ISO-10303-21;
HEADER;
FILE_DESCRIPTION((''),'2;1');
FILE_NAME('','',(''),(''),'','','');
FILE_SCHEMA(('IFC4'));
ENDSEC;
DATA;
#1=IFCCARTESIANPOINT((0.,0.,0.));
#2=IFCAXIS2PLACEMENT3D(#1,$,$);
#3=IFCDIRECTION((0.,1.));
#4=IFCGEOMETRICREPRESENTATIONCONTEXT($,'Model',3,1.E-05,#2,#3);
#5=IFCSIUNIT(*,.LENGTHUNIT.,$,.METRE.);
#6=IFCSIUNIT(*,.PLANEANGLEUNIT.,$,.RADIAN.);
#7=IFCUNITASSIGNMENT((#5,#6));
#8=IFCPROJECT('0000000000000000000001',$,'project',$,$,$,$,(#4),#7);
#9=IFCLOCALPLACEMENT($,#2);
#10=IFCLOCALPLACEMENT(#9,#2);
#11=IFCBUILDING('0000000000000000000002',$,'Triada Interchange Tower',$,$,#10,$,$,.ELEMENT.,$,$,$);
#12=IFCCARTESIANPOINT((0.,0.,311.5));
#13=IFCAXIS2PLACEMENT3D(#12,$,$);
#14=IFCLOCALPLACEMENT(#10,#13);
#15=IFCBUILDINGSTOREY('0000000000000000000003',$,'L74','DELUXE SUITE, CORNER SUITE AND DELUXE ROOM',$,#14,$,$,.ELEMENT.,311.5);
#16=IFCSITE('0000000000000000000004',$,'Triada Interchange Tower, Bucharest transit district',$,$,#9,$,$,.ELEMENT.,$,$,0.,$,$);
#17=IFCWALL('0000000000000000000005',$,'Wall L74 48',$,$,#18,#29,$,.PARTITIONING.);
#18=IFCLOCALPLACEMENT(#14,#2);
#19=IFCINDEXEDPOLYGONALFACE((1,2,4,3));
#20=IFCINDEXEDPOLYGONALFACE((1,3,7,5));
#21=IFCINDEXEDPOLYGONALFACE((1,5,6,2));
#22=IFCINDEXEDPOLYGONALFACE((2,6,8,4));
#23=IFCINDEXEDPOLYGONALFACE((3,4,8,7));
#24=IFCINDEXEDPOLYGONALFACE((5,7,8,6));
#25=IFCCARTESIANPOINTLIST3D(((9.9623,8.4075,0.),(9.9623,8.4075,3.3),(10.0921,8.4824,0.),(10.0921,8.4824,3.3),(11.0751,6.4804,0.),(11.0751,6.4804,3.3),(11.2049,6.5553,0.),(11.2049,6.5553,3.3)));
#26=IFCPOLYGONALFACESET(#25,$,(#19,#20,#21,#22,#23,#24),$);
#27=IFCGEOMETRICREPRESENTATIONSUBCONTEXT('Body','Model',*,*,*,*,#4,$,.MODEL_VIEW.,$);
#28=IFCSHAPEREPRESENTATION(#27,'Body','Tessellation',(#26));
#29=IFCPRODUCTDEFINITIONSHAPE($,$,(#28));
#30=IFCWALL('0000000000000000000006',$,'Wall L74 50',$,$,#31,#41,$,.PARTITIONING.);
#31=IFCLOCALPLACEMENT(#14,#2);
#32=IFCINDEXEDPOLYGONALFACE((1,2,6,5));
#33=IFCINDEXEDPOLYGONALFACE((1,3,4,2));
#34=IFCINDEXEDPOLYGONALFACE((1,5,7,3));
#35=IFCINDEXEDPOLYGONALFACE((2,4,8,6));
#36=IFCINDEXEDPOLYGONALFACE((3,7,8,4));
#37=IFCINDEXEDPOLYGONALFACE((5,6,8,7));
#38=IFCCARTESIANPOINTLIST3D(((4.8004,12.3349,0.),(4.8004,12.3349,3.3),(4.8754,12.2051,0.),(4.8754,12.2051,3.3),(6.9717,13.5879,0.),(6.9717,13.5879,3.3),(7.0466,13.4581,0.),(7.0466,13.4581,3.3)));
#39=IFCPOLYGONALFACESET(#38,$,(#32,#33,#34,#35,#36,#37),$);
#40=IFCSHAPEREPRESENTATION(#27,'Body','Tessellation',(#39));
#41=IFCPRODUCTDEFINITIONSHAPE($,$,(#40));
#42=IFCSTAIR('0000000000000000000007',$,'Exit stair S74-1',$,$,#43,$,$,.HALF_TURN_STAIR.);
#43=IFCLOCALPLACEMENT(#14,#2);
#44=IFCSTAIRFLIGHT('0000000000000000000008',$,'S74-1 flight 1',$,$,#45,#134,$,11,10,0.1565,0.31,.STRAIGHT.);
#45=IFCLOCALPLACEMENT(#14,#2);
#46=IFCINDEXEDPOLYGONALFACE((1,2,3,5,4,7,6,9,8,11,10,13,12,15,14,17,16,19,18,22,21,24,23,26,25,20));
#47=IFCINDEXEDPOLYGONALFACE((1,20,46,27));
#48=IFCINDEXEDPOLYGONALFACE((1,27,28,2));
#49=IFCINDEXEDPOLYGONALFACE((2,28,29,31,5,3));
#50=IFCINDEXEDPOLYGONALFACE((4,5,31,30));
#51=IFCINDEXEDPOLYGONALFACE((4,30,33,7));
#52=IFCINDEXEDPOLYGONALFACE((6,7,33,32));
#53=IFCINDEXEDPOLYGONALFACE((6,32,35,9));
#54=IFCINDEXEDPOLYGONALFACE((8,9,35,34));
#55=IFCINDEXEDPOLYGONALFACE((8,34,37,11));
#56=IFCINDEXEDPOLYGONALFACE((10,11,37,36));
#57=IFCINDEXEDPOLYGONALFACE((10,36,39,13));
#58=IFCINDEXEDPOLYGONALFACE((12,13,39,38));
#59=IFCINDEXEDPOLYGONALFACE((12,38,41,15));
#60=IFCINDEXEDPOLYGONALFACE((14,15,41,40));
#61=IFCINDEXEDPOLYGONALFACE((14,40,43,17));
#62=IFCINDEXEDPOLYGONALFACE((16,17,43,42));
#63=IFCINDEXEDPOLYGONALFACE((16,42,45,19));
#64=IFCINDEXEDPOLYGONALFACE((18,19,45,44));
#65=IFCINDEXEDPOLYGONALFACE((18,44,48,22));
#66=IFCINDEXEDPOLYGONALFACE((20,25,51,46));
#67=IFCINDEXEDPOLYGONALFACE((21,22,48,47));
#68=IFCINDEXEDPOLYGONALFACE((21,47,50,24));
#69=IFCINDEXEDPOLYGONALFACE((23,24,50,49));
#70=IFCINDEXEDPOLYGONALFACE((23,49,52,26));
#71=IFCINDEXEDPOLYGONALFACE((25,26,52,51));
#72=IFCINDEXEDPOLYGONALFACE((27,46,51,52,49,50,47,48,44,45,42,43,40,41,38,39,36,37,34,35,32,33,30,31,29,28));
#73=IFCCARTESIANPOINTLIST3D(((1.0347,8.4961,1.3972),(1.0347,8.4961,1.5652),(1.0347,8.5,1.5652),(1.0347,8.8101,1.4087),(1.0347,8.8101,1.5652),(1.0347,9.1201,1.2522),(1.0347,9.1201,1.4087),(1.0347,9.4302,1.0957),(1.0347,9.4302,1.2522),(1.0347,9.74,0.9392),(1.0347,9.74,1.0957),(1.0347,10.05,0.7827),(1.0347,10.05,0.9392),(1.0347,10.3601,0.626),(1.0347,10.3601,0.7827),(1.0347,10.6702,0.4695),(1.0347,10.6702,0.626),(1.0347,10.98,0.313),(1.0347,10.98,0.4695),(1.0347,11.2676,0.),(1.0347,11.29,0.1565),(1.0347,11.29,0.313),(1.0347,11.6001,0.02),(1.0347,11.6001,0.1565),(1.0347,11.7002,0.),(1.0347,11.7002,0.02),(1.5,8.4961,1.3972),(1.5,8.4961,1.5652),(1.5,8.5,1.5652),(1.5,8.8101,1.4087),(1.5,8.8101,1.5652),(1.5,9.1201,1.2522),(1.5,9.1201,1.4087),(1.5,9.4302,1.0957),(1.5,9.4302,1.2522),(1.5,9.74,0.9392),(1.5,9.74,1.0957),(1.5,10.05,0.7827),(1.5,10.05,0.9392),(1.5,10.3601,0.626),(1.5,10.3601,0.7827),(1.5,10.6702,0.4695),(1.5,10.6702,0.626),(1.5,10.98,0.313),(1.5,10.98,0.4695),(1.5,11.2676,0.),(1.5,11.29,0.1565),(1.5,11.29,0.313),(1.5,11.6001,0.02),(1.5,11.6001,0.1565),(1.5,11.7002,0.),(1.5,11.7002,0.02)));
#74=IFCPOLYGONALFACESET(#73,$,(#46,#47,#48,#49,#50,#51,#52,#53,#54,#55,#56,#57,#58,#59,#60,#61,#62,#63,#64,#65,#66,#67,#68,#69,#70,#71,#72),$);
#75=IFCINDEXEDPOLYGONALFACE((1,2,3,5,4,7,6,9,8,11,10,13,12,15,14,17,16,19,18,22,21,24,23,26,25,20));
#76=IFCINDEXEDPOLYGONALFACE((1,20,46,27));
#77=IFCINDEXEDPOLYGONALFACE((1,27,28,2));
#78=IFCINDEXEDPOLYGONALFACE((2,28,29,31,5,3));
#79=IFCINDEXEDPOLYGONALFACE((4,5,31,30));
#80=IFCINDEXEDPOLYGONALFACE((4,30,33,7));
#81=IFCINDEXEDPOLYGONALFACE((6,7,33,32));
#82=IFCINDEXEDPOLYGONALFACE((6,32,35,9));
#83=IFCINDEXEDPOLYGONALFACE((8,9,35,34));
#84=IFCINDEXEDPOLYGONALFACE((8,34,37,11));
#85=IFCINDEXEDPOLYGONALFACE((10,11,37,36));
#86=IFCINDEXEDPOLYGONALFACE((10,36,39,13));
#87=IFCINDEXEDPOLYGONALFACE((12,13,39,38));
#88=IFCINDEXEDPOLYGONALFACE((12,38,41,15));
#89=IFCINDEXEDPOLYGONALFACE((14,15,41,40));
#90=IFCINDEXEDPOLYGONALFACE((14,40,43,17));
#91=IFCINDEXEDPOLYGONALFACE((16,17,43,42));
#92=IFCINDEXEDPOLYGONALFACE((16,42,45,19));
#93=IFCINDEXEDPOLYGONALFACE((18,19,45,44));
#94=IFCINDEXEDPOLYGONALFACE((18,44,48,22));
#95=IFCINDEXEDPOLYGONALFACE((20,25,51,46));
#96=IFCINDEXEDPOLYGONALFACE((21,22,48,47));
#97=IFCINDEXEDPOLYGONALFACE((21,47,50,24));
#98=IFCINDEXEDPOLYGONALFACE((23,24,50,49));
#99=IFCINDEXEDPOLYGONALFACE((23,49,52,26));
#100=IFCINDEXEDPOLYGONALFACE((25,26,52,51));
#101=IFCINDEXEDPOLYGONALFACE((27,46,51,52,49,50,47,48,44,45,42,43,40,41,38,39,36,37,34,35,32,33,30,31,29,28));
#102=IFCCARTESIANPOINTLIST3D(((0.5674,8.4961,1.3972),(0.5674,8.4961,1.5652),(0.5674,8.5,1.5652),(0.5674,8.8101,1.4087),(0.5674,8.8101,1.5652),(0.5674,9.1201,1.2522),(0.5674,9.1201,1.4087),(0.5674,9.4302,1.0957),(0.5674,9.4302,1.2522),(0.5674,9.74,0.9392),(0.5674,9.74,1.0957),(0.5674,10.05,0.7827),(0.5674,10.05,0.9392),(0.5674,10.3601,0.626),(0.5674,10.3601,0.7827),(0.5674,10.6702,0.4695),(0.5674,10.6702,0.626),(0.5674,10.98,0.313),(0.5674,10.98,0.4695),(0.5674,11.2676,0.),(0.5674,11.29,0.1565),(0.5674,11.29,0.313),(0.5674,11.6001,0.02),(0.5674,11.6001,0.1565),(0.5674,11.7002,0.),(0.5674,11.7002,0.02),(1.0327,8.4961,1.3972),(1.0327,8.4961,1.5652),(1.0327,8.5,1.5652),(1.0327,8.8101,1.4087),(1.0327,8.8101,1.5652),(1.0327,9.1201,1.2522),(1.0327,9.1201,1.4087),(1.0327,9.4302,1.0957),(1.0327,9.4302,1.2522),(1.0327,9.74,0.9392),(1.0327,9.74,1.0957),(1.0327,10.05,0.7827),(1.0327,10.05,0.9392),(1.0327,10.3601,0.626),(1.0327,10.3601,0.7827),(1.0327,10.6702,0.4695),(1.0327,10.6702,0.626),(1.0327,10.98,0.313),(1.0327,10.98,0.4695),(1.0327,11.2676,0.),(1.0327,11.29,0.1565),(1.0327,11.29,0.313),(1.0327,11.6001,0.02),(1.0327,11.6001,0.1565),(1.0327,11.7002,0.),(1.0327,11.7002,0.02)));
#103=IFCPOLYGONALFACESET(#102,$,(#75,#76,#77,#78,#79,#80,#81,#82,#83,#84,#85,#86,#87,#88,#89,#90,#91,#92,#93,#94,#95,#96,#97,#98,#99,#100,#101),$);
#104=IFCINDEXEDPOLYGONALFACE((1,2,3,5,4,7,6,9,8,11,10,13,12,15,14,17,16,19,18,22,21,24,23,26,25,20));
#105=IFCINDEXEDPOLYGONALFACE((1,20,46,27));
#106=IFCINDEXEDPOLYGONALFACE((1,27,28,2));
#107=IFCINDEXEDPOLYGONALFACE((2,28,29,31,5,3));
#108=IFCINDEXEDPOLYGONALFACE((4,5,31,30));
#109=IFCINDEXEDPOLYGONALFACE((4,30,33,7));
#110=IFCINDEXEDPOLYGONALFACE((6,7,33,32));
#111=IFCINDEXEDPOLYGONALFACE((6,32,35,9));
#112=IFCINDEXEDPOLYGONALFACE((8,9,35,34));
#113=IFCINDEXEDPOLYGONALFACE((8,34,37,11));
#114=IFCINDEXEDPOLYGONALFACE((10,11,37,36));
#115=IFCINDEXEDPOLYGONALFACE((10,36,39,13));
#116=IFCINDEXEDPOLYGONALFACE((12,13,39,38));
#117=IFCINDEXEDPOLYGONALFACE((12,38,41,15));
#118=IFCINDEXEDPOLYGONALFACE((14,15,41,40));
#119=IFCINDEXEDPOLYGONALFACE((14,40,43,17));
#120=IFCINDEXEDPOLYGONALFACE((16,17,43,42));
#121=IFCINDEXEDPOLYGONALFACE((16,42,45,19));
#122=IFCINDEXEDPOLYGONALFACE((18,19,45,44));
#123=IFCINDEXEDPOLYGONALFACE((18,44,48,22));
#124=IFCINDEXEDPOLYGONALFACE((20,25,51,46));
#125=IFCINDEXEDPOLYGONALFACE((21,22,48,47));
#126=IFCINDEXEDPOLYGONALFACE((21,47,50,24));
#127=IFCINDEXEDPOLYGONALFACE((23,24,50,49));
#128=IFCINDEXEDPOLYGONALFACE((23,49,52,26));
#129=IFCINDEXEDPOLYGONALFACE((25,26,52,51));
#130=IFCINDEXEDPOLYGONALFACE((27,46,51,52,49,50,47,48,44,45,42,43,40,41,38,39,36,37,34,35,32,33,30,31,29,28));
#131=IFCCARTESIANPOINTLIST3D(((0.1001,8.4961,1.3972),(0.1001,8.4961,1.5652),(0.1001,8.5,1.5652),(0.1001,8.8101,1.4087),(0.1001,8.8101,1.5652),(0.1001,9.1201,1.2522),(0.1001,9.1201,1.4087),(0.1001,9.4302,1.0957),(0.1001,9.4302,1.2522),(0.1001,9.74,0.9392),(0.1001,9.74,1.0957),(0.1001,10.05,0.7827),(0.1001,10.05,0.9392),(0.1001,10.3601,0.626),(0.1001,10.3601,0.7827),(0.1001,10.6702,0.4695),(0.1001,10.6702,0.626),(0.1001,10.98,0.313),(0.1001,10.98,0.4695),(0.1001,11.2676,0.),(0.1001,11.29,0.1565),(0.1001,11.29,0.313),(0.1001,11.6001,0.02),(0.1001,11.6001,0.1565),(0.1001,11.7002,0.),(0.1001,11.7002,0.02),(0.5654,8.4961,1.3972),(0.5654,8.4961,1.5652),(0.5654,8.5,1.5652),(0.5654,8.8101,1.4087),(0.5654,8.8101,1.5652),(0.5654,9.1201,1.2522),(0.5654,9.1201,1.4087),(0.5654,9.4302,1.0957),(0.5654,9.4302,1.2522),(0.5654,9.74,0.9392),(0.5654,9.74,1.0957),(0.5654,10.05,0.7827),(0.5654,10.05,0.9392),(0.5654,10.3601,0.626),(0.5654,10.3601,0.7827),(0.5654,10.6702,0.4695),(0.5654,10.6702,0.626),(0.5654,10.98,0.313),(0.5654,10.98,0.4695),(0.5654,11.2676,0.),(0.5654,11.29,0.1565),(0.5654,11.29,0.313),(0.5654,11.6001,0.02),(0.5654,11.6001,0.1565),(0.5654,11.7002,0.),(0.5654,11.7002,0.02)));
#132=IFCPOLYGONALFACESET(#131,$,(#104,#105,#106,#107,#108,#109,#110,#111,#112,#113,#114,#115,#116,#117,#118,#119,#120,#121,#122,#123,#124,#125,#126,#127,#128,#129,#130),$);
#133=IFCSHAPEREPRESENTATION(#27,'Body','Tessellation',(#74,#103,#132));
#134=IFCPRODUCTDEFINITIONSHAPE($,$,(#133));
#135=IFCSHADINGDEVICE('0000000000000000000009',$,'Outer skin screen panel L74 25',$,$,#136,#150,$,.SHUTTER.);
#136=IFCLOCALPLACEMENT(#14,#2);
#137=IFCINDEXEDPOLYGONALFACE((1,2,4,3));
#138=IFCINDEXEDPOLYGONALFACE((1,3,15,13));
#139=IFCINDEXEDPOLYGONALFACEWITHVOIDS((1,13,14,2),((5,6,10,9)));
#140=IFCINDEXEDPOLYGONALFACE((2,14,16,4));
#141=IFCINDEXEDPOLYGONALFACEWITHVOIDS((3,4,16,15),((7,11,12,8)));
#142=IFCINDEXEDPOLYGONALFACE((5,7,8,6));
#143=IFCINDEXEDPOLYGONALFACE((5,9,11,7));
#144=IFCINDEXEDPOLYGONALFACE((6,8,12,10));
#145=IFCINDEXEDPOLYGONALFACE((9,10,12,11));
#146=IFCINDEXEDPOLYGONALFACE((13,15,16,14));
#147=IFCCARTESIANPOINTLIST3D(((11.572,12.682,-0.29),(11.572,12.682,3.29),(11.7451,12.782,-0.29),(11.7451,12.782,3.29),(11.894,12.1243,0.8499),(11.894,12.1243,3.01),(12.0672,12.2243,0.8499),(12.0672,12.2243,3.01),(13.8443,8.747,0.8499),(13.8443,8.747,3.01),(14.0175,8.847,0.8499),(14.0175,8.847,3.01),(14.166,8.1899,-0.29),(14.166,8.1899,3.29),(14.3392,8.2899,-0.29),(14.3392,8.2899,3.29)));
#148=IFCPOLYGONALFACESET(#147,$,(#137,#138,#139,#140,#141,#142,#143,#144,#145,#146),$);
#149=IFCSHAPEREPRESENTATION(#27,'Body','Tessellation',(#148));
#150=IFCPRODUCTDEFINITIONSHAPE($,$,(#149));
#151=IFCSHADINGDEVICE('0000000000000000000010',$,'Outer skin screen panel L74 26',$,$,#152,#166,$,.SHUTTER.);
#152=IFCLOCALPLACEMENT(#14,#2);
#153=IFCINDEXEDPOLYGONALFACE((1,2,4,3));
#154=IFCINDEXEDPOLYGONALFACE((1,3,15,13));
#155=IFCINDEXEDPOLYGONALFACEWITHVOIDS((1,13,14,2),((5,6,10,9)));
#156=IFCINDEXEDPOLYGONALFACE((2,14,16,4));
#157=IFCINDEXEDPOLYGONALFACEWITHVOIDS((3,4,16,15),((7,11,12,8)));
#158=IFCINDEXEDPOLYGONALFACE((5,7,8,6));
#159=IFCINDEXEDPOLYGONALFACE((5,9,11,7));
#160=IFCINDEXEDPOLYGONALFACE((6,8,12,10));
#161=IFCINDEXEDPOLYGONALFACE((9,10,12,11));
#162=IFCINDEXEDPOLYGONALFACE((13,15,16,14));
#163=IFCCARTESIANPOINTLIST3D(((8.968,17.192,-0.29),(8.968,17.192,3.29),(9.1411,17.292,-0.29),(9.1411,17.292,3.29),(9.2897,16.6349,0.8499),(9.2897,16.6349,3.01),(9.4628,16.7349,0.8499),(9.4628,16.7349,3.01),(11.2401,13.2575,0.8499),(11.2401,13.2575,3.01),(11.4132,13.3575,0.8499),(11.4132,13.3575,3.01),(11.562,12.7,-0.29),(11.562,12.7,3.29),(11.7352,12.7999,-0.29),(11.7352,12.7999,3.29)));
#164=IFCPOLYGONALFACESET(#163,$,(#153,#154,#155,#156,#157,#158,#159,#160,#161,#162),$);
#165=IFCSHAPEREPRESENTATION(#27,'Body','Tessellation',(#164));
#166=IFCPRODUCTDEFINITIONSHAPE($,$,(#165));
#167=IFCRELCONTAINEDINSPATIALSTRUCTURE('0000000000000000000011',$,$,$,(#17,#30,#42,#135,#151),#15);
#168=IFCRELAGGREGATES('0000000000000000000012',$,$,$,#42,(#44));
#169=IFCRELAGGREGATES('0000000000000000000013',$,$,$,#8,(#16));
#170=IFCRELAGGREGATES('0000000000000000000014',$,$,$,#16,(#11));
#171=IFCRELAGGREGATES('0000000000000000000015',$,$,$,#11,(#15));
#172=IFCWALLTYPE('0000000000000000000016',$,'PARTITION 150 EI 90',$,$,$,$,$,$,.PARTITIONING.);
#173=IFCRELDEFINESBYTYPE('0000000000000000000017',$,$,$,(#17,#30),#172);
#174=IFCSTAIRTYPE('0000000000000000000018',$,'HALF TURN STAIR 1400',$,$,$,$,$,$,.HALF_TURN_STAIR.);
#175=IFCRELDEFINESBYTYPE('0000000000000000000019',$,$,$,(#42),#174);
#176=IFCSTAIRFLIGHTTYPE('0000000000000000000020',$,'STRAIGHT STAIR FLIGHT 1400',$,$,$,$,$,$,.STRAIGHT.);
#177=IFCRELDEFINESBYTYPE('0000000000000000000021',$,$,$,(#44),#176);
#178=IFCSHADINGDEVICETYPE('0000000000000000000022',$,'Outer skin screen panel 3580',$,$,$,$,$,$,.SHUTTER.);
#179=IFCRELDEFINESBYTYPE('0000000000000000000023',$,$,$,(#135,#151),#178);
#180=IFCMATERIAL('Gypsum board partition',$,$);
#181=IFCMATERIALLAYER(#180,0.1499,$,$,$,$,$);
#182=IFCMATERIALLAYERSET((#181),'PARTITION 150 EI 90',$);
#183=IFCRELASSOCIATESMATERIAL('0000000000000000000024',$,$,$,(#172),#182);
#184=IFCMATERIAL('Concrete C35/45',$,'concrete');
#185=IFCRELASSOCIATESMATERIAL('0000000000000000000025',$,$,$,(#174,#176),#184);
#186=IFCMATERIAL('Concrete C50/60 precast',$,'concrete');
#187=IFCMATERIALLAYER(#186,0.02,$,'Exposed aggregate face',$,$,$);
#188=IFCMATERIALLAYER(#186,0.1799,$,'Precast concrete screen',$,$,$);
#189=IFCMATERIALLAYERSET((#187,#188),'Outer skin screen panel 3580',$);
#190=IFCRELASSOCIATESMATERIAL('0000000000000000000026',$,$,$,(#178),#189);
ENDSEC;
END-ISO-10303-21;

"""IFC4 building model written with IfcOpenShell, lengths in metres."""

from ifc_helpers import new_model, si_unit, direction, frame, frame_2d, origin, place, context, subcontext, project, spatial, polyline, rectangle, outline, extrude, material, layer, layer_set, type_object, element, aggregate, save


model = new_model("IFC4")

# Units and contexts
model_context = context("Model", 3, precision=1e-05, world=origin(), true_north=direction((0.0, 1.0)))
body_context = subcontext(model_context, "Body", "Model", "MODEL_VIEW")
ifc_project = project(units=[si_unit("LENGTHUNIT", "METRE"), si_unit("PLANEANGLEUNIT", "RADIAN")], contexts=[model_context])

# Site, building, storey
site_placement = place(None, origin())
site = spatial("IfcSite", under=ifc_project, at=site_placement, Name="Triada Interchange Tower, Bucharest transit district", CompositionType="ELEMENT", RefElevation=0.0)
building_placement = place(site_placement, origin())
building = spatial("IfcBuilding", under=site, at=building_placement, Name="Triada Interchange Tower", CompositionType="ELEMENT")
storey_placement = place(building_placement, frame((0.0, 0.0, 311.5)))
storey = spatial("IfcBuildingStorey", under=building, at=storey_placement, Name="L74", Description="DELUXE SUITE, CORNER SUITE AND DELUXE ROOM", CompositionType="ELEMENT", Elevation=311.5)

# Shared definitions
ifc_material_1 = material(Name="Gypsum board partition")

# Shared definitions
ifc_layer_1 = layer(ifc_material_1, 0.1499)
ifc_layer_set_1 = layer_set([ifc_layer_1], Name="PARTITION 150 EI 90")
wall_type_1 = type_object("IfcWallType", Name="PARTITION 150 EI 90", PredefinedType="PARTITIONING", material=ifc_layer_set_1)

# Walls
wall_1_placement = place(storey_placement, frame((10.0271, 8.4451, 0.0), z_axis=(0.0, 0.0, 1.0), x_axis=(0.50008, -0.865979, 0.0)))
element("IfcWall", 1, at=wall_1_placement, inside=storey, type_object=wall_type_1, Name="Wall L74 48", PredefinedType="PARTITIONING", context=body_context, shape_type="SweptSolid", body=[
    extrude(rectangle(XDim=2.2253, YDim=0.1499, at=frame_2d((1.1128, 0.0))), origin(), (0.0, 0.0, 1.0), 3.3),
])
wall_2_placement = place(storey_placement, frame((4.8379, 12.27, 0.0), z_axis=(0.0, 0.0, 1.0), x_axis=(0.866126, 0.499826, 0.0)))
element("IfcWall", 2, at=wall_2_placement, inside=storey, type_object=wall_type_1, Name="Wall L74 50", PredefinedType="PARTITIONING", context=body_context, shape_type="SweptSolid", body=[
    extrude(rectangle(XDim=2.5068, YDim=0.1499, at=frame_2d((1.2534, 0.0))), origin(), (0.0, 0.0, 1.0), 3.3),
])

# Stair, stair flight
ifc_material_2 = material(Name="Concrete C35/45", Category="concrete")
stair_type = type_object("IfcStairType", Name="HALF TURN STAIR 1400", PredefinedType="HALF_TURN_STAIR", material=ifc_material_2)
stair_placement = place(storey_placement, origin())
stair = element("IfcStair", 3, at=stair_placement, inside=storey, type_object=stair_type, Name="Exit stair S74-1", PredefinedType="HALF_TURN_STAIR")
stair_flight_type = type_object("IfcStairFlightType", Name="STRAIGHT STAIR FLIGHT 1400", PredefinedType="STRAIGHT", material=ifc_material_2)
stair_flight_placement = place(storey_placement, frame((0.8, 11.6001, 0.0), z_axis=(0.0, 0.0, 1.0), x_axis=(0.0, -1.0, 0.0)))
stair_flight = element("IfcStairFlight", 4, at=stair_flight_placement, type_object=stair_flight_type, Name="S74-1 flight 1", NumberOfRisers=11, NumberOfTreads=10, PredefinedType="STRAIGHT", RiserHeight=0.1565, TreadLength=0.31, context=body_context, shape_type="SweptSolid", body=[
    extrude(outline(polyline([(-0.1001, 0.0), (-0.1001, 0.02), (0.0, 0.02), (0.0, 0.1565), (0.3101, 0.1565), (0.3101, 0.313), (0.6201, 0.313), (0.6201, 0.4695), (0.9299, 0.4695), (0.9299, 0.626), (1.24, 0.626), (1.24, 0.7827), (1.55, 0.7827), (1.55, 0.9392), (1.8601, 0.9392), (1.8601, 1.0957), (2.1699, 1.0957), (2.1699, 1.2522), (2.48, 1.2522), (2.48, 1.4087), (2.79, 1.4087), (2.79, 1.5652), (3.1001, 1.5652), (3.104, 1.5652), (3.104, 1.7217), (3.104, 1.3972), (0.3325, 0.0), (-0.1001, 0.0)])), frame((0.0, 0.7, 0.0), z_axis=(0.0, -1.0, 0.0), x_axis=(1.0, 0.0, 0.0)), (0.0, 0.0, 1.0), 0.4653),
    extrude(outline(polyline([(-0.1001, 0.0), (-0.1001, 0.02), (0.0, 0.02), (0.0, 0.1565), (0.3101, 0.1565), (0.3101, 0.313), (0.6201, 0.313), (0.6201, 0.4695), (0.9299, 0.4695), (0.9299, 0.626), (1.24, 0.626), (1.24, 0.7827), (1.55, 0.7827), (1.55, 0.9392), (1.8601, 0.9392), (1.8601, 1.0957), (2.1699, 1.0957), (2.1699, 1.2522), (2.48, 1.2522), (2.48, 1.4087), (2.79, 1.4087), (2.79, 1.5652), (3.1001, 1.5652), (3.104, 1.5652), (3.104, 1.7217), (3.104, 1.3972), (0.3325, 0.0), (-0.1001, 0.0)])), frame((0.0, 0.2327, 0.0), z_axis=(0.0, -1.0, 0.0), x_axis=(1.0, 0.0, 0.0)), (0.0, 0.0, 1.0), 0.4653),
    extrude(outline(polyline([(-0.1001, 0.0), (-0.1001, 0.02), (0.0, 0.02), (0.0, 0.1565), (0.3101, 0.1565), (0.3101, 0.313), (0.6201, 0.313), (0.6201, 0.4695), (0.9299, 0.4695), (0.9299, 0.626), (1.24, 0.626), (1.24, 0.7827), (1.55, 0.7827), (1.55, 0.9392), (1.8601, 0.9392), (1.8601, 1.0957), (2.1699, 1.0957), (2.1699, 1.2522), (2.48, 1.2522), (2.48, 1.4087), (2.79, 1.4087), (2.79, 1.5652), (3.1001, 1.5652), (3.104, 1.5652), (3.104, 1.7217), (3.104, 1.3972), (0.3325, 0.0), (-0.1001, 0.0)])), frame((0.0, -0.2346, 0.0), z_axis=(0.0, -1.0, 0.0), x_axis=(1.0, 0.0, 0.0)), (0.0, 0.0, 1.0), 0.4653),
])

# Shading devices
ifc_material_3 = material(Name="Concrete C50/60 precast", Category="concrete")
ifc_layer_2 = layer(ifc_material_3, 0.02, Name="Exposed aggregate face")
ifc_layer_3 = layer(ifc_material_3, 0.1799, Name="Precast concrete screen")
ifc_layer_set_2 = layer_set([ifc_layer_2, ifc_layer_3], Name="Outer skin screen panel 3580")
shading_device_type = type_object("IfcShadingDeviceType", Name="Outer skin screen panel 3580", PredefinedType="SHUTTER", material=ifc_layer_set_2)
shading_device_1_placement = place(storey_placement, frame((14.166, 8.1899, -0.29), z_axis=(0.0, 0.0, 1.0), x_axis=(-0.500082, 0.865978, 0.0)))
element("IfcShadingDevice", 5, at=shading_device_1_placement, inside=storey, type_object=shading_device_type, Name="Outer skin screen panel L74 25", PredefinedType="SHUTTER", context=body_context, shape_type="SweptSolid", body=[
    extrude(outline(polyline([(0.0, 0.0), (5.1873, 0.0), (5.1873, 3.5801), (0.0, 3.5801), (0.0, 0.0)]), holes=[polyline([(0.6433, 1.1399), (0.6433, 3.3), (4.5432, 3.3), (4.5432, 1.1399), (0.6433, 1.1399)])]), frame((0.0, 0.0, 0.0), z_axis=(0.0, -1.0, 0.0), x_axis=(1.0, 0.0, 0.0)), (0.0, 0.0, 1.0), 0.2),
])
shading_device_2_placement = place(storey_placement, frame((11.562, 12.7, -0.29), z_axis=(0.0, 0.0, 1.0), x_axis=(-0.500082, 0.865978, 0.0)))
element("IfcShadingDevice", 6, at=shading_device_2_placement, inside=storey, type_object=shading_device_type, Name="Outer skin screen panel L74 26", PredefinedType="SHUTTER", context=body_context, shape_type="SweptSolid", body=[
    extrude(outline(polyline([(0.0, 0.0), (5.1873, 0.0), (5.1873, 3.5801), (0.0, 3.5801), (0.0, 0.0)]), holes=[polyline([(0.6438, 1.1399), (0.6438, 3.3), (4.5439, 3.3), (4.5439, 1.1399), (0.6438, 1.1399)])]), frame((0.0, 0.0, 0.0), z_axis=(0.0, -1.0, 0.0), x_axis=(1.0, 0.0, 0.0)), (0.0, 0.0, 1.0), 0.2),
])

aggregate(stair, [stair_flight])

save(model, "model.ifc")
